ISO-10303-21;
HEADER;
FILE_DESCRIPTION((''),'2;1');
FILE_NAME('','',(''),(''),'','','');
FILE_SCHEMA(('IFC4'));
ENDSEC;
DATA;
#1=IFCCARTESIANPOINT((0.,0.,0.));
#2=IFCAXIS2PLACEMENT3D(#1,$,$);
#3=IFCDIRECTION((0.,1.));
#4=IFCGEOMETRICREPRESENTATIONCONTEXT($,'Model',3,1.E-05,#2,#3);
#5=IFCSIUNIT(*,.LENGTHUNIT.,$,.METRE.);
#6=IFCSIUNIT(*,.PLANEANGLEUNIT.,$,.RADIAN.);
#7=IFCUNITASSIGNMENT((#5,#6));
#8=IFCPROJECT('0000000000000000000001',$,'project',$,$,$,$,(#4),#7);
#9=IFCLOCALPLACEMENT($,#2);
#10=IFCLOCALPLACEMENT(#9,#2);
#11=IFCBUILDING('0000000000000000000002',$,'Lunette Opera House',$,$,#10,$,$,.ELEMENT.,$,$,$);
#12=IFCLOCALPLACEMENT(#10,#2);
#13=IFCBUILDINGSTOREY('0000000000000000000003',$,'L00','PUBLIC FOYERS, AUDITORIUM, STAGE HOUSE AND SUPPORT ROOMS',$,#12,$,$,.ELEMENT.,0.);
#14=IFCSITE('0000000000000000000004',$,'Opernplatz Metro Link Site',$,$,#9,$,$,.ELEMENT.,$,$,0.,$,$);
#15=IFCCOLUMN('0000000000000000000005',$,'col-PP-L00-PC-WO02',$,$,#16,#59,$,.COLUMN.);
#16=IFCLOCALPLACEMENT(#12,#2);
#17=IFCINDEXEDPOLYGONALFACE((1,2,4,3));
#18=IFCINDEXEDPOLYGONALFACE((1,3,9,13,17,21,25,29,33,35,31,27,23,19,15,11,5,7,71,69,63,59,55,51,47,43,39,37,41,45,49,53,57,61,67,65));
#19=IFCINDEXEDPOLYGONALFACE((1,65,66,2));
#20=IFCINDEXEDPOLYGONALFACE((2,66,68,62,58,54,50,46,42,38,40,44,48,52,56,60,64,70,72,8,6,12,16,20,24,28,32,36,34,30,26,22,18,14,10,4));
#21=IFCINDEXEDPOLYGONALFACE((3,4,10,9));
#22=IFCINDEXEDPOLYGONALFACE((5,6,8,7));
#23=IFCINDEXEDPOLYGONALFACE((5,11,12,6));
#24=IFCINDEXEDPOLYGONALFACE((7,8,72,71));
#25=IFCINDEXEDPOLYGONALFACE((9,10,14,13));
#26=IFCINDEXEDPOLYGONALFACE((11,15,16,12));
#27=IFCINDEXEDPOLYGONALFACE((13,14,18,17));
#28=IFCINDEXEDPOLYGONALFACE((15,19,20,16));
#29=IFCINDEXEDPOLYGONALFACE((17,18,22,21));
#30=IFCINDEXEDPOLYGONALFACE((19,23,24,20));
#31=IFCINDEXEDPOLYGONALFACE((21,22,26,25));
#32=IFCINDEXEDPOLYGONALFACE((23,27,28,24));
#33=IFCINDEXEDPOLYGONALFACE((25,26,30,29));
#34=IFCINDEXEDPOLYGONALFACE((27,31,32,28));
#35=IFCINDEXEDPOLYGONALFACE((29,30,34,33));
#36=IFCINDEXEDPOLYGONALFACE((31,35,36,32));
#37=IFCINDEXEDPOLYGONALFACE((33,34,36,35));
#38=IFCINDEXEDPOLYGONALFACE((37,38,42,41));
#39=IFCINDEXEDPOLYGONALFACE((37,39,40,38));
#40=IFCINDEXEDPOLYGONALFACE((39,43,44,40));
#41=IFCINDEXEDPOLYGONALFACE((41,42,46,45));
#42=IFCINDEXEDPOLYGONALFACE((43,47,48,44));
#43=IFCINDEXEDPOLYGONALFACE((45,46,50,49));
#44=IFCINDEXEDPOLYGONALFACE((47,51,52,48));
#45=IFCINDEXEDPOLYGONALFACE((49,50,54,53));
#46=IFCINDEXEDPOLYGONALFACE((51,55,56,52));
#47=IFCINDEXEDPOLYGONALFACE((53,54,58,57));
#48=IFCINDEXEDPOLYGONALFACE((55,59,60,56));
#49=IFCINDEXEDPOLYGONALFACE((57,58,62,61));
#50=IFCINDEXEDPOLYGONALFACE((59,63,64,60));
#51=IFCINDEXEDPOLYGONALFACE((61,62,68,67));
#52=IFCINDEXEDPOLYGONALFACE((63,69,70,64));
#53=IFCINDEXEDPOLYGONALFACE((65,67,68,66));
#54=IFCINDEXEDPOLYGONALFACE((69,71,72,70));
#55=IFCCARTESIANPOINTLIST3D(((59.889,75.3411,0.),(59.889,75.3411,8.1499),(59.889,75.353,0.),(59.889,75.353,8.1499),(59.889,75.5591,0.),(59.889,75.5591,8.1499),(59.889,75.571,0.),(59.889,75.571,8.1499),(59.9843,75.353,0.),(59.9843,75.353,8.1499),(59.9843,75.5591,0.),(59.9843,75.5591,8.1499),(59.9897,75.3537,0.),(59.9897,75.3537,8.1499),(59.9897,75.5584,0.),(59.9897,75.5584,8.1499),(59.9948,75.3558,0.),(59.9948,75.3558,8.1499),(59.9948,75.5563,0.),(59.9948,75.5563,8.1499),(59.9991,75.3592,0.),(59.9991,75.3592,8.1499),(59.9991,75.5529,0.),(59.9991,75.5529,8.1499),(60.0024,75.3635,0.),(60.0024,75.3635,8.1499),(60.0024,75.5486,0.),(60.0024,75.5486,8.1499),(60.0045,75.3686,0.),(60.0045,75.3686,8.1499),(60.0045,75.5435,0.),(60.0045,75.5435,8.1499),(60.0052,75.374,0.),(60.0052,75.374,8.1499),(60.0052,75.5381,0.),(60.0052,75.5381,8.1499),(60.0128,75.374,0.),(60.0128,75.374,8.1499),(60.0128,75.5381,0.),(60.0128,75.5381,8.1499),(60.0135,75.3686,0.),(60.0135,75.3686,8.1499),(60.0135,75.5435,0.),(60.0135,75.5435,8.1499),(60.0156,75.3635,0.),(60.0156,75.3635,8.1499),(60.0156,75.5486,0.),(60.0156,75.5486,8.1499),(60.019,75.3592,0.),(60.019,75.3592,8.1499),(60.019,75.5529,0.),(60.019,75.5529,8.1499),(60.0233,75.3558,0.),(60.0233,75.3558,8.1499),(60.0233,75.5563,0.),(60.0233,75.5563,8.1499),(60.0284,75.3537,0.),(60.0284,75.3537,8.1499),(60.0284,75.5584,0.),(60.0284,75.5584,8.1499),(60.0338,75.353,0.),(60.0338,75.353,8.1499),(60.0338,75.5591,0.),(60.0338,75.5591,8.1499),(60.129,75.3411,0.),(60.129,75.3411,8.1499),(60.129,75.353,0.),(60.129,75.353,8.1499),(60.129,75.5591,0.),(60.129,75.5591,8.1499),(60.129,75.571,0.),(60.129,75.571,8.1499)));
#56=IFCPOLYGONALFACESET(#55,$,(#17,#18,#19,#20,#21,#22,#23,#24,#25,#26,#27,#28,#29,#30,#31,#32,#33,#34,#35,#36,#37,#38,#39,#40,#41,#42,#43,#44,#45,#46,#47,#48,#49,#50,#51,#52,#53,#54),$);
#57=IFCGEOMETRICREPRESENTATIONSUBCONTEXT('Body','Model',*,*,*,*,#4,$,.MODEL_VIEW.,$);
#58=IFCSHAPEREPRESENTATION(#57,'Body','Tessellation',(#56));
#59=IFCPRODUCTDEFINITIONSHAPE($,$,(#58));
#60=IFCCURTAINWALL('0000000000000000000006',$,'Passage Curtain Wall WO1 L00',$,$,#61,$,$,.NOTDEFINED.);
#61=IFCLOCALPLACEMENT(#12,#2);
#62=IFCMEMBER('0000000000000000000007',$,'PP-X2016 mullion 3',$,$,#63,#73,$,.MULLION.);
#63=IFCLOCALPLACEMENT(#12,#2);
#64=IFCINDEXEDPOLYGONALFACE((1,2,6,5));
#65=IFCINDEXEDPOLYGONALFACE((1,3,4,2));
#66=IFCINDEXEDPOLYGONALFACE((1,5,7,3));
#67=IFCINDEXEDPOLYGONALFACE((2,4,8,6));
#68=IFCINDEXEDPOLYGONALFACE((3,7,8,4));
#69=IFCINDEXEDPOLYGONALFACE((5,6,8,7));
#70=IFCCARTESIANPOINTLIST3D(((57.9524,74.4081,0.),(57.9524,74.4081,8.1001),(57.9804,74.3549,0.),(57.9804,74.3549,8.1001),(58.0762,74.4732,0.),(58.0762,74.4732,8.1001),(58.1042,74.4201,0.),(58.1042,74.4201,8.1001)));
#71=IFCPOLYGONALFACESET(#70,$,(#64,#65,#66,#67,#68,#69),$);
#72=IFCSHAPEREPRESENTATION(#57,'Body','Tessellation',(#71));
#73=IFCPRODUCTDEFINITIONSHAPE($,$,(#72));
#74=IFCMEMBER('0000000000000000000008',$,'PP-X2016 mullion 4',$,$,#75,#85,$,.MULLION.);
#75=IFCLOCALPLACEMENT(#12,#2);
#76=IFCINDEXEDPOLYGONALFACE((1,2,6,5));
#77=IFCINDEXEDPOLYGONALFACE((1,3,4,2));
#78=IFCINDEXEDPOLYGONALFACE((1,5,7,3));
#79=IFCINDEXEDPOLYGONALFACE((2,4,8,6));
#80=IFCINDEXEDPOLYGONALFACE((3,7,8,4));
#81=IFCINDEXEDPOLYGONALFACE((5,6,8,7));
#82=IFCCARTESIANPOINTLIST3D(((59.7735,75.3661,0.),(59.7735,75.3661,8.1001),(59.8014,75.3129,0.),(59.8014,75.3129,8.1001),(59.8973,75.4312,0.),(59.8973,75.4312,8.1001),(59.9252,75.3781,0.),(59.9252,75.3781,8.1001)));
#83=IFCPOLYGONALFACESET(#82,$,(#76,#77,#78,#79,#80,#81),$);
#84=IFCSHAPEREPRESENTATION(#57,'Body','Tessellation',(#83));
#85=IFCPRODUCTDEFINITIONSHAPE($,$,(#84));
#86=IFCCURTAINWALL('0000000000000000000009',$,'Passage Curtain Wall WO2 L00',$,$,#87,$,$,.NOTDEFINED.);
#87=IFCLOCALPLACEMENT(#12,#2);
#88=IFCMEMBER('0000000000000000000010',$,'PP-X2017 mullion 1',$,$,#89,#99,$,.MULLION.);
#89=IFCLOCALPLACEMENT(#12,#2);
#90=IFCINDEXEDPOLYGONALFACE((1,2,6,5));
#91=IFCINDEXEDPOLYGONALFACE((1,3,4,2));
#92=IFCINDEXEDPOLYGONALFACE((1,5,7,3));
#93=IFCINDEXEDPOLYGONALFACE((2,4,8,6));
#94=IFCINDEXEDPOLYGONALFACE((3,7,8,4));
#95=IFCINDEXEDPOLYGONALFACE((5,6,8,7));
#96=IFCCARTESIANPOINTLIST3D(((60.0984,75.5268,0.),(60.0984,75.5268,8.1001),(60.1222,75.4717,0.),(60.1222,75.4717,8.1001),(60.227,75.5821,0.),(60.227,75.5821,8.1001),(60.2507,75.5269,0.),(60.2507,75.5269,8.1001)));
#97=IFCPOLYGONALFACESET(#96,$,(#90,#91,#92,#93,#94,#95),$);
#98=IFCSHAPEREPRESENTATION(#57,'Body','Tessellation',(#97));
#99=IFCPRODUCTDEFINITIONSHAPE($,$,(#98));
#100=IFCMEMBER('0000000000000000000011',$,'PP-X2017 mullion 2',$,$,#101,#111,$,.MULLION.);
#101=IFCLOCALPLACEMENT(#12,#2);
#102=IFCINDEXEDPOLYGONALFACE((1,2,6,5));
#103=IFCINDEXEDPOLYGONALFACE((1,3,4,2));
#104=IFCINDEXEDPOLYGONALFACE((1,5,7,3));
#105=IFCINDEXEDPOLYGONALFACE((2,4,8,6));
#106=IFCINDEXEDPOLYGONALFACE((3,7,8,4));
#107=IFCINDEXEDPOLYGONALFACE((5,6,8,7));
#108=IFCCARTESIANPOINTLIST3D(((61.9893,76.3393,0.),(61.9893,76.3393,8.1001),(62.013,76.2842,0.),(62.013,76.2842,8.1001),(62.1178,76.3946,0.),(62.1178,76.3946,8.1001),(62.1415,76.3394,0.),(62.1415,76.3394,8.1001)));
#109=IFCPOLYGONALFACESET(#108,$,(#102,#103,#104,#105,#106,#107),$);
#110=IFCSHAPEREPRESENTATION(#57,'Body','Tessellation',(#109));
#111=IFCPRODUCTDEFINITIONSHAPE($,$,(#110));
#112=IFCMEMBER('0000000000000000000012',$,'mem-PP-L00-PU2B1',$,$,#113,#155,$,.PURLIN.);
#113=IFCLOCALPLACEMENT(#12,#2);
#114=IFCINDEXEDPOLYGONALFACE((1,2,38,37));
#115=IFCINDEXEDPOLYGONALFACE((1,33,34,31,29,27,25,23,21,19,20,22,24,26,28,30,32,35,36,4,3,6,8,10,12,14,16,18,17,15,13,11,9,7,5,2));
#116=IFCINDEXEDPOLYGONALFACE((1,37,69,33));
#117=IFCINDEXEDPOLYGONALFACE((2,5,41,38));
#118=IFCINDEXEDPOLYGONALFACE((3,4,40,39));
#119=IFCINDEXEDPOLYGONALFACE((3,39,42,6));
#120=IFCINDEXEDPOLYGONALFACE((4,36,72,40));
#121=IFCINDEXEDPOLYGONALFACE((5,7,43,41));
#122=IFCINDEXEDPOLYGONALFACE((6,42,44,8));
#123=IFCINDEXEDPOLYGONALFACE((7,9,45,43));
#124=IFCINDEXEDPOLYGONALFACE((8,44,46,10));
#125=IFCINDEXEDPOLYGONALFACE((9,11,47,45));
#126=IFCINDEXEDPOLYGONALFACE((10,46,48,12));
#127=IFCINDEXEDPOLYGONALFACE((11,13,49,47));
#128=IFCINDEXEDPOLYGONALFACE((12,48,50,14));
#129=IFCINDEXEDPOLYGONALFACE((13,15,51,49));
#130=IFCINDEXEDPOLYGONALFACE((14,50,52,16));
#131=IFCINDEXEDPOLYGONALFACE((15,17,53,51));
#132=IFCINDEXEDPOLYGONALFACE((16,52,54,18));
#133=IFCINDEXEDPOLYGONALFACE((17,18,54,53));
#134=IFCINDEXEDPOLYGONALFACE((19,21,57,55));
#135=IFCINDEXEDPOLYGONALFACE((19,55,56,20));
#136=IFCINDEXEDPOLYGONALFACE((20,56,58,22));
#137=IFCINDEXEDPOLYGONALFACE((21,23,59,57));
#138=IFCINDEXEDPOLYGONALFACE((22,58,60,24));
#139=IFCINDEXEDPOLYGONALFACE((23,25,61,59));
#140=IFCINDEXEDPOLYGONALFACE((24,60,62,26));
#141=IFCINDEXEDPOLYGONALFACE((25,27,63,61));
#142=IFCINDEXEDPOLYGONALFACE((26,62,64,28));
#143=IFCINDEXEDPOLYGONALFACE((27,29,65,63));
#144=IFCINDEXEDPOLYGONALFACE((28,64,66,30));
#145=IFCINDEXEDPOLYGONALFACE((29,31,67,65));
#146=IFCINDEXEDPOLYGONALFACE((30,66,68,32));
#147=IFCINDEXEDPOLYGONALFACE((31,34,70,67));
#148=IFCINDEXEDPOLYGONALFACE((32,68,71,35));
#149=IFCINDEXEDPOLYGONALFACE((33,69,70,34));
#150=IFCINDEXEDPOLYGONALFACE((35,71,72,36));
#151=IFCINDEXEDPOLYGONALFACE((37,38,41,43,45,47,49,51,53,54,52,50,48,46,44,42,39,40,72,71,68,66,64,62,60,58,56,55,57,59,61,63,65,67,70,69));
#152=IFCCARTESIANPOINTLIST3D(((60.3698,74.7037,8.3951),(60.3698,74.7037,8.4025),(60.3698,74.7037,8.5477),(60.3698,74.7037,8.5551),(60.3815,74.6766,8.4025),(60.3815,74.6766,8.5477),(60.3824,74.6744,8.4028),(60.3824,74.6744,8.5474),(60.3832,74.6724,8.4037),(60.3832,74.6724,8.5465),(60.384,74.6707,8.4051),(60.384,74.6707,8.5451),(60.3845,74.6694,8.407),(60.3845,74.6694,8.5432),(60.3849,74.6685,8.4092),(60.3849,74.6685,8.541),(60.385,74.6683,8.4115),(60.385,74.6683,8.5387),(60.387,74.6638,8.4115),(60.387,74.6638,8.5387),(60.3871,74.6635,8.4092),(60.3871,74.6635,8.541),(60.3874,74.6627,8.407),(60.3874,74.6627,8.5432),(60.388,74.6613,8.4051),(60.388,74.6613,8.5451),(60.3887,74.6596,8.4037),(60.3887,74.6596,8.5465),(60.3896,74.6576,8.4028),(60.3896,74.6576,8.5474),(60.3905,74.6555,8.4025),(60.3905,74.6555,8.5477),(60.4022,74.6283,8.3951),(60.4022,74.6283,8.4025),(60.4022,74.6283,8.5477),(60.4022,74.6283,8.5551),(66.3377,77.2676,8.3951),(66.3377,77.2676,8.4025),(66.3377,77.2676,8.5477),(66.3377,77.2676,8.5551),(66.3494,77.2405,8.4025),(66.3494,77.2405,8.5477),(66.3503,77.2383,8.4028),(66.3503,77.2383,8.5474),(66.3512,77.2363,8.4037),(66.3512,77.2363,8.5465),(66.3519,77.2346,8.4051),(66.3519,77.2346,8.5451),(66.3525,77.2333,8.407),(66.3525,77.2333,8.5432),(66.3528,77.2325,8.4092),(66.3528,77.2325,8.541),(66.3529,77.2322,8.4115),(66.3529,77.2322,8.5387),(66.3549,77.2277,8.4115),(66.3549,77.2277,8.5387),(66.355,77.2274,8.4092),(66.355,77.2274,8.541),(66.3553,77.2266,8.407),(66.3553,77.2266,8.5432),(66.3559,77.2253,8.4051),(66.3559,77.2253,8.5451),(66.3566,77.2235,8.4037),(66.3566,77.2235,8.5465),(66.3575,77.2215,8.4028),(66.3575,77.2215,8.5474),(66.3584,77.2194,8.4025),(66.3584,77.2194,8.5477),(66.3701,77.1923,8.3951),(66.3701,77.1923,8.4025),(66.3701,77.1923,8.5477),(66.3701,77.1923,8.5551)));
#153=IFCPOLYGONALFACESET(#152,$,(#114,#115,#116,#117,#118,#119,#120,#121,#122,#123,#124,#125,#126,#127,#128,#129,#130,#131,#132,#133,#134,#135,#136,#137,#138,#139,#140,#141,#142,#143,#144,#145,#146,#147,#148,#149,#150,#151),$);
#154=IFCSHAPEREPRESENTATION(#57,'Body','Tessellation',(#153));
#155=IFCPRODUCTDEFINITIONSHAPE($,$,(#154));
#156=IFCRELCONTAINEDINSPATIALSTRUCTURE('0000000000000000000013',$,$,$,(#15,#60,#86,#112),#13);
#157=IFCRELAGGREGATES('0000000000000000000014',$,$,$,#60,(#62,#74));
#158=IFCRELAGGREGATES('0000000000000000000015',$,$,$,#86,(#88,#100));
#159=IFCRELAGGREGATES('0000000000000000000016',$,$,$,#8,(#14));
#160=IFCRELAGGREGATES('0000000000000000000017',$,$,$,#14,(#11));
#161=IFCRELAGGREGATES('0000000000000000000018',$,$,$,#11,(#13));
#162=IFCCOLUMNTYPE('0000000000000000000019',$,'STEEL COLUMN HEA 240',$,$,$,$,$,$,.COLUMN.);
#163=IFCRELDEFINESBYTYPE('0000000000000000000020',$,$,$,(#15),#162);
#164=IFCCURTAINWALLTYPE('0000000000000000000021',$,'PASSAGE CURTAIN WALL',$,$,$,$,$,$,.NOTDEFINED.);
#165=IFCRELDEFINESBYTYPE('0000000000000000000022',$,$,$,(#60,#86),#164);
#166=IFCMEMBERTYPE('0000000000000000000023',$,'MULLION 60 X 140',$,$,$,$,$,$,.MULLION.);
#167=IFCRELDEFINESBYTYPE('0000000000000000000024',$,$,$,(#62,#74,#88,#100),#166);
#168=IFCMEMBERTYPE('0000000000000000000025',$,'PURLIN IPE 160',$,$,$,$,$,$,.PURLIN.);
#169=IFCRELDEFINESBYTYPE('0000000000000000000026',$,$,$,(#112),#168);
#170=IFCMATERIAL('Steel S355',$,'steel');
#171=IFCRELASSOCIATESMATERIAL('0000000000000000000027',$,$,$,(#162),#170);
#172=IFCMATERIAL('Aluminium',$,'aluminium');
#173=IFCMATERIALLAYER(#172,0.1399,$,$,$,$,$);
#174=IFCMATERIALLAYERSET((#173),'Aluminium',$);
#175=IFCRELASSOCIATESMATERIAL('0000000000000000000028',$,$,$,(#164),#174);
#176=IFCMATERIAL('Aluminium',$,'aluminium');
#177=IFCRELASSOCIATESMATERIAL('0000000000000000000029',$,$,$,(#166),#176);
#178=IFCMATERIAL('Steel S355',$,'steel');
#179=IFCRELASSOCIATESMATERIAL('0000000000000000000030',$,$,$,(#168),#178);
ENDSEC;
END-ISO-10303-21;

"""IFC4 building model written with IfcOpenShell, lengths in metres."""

from ifc_helpers import new_model, si_unit, direction, frame, origin, origin_2d, place, context, subcontext, project, spatial, rectangle, i_section, extrude, material, layer, layer_set, material_profile, profile_set, type_object, element, aggregate, save


model = new_model("IFC4")

# Units and contexts
model_context = context("Model", 3, precision=1e-05, world=origin(), true_north=direction((0.0, 1.0)))
body_context = subcontext(model_context, "Body", "Model", "MODEL_VIEW")
ifc_project = project(units=[si_unit("LENGTHUNIT", "METRE"), si_unit("PLANEANGLEUNIT", "RADIAN")], contexts=[model_context])

# Site, building, storey
site_placement = place(None, origin())
site = spatial("IfcSite", under=ifc_project, at=site_placement, Name="Opernplatz Metro Link Site", CompositionType="ELEMENT", RefElevation=0.0)
building_placement = place(site_placement, origin())
building = spatial("IfcBuilding", under=site, at=building_placement, Name="Lunette Opera House", CompositionType="ELEMENT")
storey_placement = place(building_placement, origin())
storey = spatial("IfcBuildingStorey", under=building, at=storey_placement, Name="L00", Description="PUBLIC FOYERS, AUDITORIUM, STAGE HOUSE AND SUPPORT ROOMS", CompositionType="ELEMENT", Elevation=0.0)

# Column
ifc_material_1 = material(Name="Steel S355", Category="steel")
ifc_material_profile_1 = material_profile(ifc_material_1, i_section(OverallWidth=0.24, OverallDepth=0.23, WebThickness=0.0076, FlangeThickness=0.012, FilletRadius=0.021, at=origin_2d()), Name="HEA 240")
ifc_profile_set_1 = profile_set([ifc_material_profile_1], Name="Steel S355")
column_type = type_object("IfcColumnType", Name="STEEL COLUMN HEA 240", PredefinedType="COLUMN", material=ifc_profile_set_1)
column_placement = place(storey_placement, frame((60.009, 75.4561, 0.0), z_axis=(0.0, 0.0, 1.0), x_axis=(1.0, 0.0, 0.0)))
element("IfcColumn", 1, at=column_placement, inside=storey, type_object=column_type, Name="col-PP-L00-PC-WO02", PredefinedType="COLUMN", context=body_context, shape_type="SweptSolid", body=[
    extrude(i_section(OverallWidth=0.24, OverallDepth=0.23, WebThickness=0.0076, FlangeThickness=0.012, FilletRadius=0.021, at=origin_2d()), origin(), (0.0, 0.0, 1.0), 8.1499),
])

# Curtain walls, members
ifc_material_2 = material(Name="Aluminium", Category="aluminium")
ifc_layer_1 = layer(ifc_material_2, 0.1399)
ifc_layer_set_1 = layer_set([ifc_layer_1], Name="Aluminium")
curtain_wall_type = type_object("IfcCurtainWallType", Name="PASSAGE CURTAIN WALL", PredefinedType="NOTDEFINED", material=ifc_layer_set_1)
curtain_wall_1_placement = place(storey_placement, origin())
curtain_wall_1 = element("IfcCurtainWall", 2, at=curtain_wall_1_placement, inside=storey, type_object=curtain_wall_type, Name="Passage Curtain Wall WO1 L00", PredefinedType="NOTDEFINED")
ifc_material_3 = material(Name="Aluminium", Category="aluminium")
ifc_material_profile_2 = material_profile(ifc_material_3, rectangle(XDim=0.0601, YDim=0.1399, at=origin_2d()), Name="MULLION 60 X 140")
ifc_profile_set_2 = profile_set([ifc_material_profile_2], Name="Aluminium")
member_type_1 = type_object("IfcMemberType", Name="MULLION 60 X 140", PredefinedType="MULLION", material=ifc_profile_set_2)
member_1_placement = place(storey_placement, frame((58.0283, 74.4141, 0.0), z_axis=(0.0, 0.0, 1.0), x_axis=(-0.465575, 0.885008, 0.0)))
member_1 = element("IfcMember", 3, at=member_1_placement, type_object=member_type_1, Name="PP-X2016 mullion 3", PredefinedType="MULLION", context=body_context, shape_type="SweptSolid", body=[
    extrude(rectangle(XDim=0.0601, YDim=0.1399, at=origin_2d()), origin(), (0.0, 0.0, 1.0), 8.1001),
])
member_2_placement = place(storey_placement, frame((59.8494, 75.3721, 0.0), z_axis=(0.0, 0.0, 1.0), x_axis=(-0.465575, 0.885008, 0.0)))
member_2 = element("IfcMember", 4, at=member_2_placement, type_object=member_type_1, Name="PP-X2016 mullion 4", PredefinedType="MULLION", context=body_context, shape_type="SweptSolid", body=[
    extrude(rectangle(XDim=0.0601, YDim=0.1399, at=origin_2d()), origin(), (0.0, 0.0, 1.0), 8.1001),
])
curtain_wall_2_placement = place(storey_placement, origin())
curtain_wall_2 = element("IfcCurtainWall", 5, at=curtain_wall_2_placement, inside=storey, type_object=curtain_wall_type, Name="Passage Curtain Wall WO2 L00", PredefinedType="NOTDEFINED")
member_3_placement = place(storey_placement, frame((60.1746, 75.5269, 0.0), z_axis=(0.0, 0.0, 1.0), x_axis=(-0.394805, 0.918765, 0.0)))
member_3 = element("IfcMember", 6, at=member_3_placement, type_object=member_type_1, Name="PP-X2017 mullion 1", PredefinedType="MULLION", context=body_context, shape_type="SweptSolid", body=[
    extrude(rectangle(XDim=0.0601, YDim=0.1399, at=origin_2d()), origin(), (0.0, 0.0, 1.0), 8.1001),
])
member_4_placement = place(storey_placement, frame((62.0654, 76.3394, 0.0), z_axis=(0.0, 0.0, 1.0), x_axis=(-0.394805, 0.918765, 0.0)))
member_4 = element("IfcMember", 7, at=member_4_placement, type_object=member_type_1, Name="PP-X2017 mullion 2", PredefinedType="MULLION", context=body_context, shape_type="SweptSolid", body=[
    extrude(rectangle(XDim=0.0601, YDim=0.1399, at=origin_2d()), origin(), (0.0, 0.0, 1.0), 8.1001),
])

# Member
ifc_material_4 = material(Name="Steel S355", Category="steel")
ifc_material_profile_3 = material_profile(ifc_material_4, i_section(OverallWidth=0.082, OverallDepth=0.1599, WebThickness=0.0049, FlangeThickness=0.0073, FilletRadius=0.009, at=origin_2d()), Name="IPE 160")
ifc_profile_set_3 = profile_set([ifc_material_profile_3], Name="Steel S355")
member_type_2 = type_object("IfcMemberType", Name="PURLIN IPE 160", PredefinedType="PURLIN", material=ifc_profile_set_3)
member_5_placement = place(storey_placement, frame((60.386, 74.666, 8.4751), z_axis=(0.918797, 0.394731, 0.0), x_axis=(-0.394731, 0.918797, 0.0)))
element("IfcMember", 8, at=member_5_placement, inside=storey, type_object=member_type_2, Name="mem-PP-L00-PU2B1", PredefinedType="PURLIN", context=body_context, shape_type="SweptSolid", body=[
    extrude(i_section(OverallWidth=0.082, OverallDepth=0.1599, WebThickness=0.0049, FlangeThickness=0.0073, FilletRadius=0.009, at=origin_2d()), origin(), (0.0, 0.0, 1.0), 6.4954),
])

aggregate(curtain_wall_1, [member_1, member_2])
aggregate(curtain_wall_2, [member_3, member_4])

save(model, "model.ifc")
